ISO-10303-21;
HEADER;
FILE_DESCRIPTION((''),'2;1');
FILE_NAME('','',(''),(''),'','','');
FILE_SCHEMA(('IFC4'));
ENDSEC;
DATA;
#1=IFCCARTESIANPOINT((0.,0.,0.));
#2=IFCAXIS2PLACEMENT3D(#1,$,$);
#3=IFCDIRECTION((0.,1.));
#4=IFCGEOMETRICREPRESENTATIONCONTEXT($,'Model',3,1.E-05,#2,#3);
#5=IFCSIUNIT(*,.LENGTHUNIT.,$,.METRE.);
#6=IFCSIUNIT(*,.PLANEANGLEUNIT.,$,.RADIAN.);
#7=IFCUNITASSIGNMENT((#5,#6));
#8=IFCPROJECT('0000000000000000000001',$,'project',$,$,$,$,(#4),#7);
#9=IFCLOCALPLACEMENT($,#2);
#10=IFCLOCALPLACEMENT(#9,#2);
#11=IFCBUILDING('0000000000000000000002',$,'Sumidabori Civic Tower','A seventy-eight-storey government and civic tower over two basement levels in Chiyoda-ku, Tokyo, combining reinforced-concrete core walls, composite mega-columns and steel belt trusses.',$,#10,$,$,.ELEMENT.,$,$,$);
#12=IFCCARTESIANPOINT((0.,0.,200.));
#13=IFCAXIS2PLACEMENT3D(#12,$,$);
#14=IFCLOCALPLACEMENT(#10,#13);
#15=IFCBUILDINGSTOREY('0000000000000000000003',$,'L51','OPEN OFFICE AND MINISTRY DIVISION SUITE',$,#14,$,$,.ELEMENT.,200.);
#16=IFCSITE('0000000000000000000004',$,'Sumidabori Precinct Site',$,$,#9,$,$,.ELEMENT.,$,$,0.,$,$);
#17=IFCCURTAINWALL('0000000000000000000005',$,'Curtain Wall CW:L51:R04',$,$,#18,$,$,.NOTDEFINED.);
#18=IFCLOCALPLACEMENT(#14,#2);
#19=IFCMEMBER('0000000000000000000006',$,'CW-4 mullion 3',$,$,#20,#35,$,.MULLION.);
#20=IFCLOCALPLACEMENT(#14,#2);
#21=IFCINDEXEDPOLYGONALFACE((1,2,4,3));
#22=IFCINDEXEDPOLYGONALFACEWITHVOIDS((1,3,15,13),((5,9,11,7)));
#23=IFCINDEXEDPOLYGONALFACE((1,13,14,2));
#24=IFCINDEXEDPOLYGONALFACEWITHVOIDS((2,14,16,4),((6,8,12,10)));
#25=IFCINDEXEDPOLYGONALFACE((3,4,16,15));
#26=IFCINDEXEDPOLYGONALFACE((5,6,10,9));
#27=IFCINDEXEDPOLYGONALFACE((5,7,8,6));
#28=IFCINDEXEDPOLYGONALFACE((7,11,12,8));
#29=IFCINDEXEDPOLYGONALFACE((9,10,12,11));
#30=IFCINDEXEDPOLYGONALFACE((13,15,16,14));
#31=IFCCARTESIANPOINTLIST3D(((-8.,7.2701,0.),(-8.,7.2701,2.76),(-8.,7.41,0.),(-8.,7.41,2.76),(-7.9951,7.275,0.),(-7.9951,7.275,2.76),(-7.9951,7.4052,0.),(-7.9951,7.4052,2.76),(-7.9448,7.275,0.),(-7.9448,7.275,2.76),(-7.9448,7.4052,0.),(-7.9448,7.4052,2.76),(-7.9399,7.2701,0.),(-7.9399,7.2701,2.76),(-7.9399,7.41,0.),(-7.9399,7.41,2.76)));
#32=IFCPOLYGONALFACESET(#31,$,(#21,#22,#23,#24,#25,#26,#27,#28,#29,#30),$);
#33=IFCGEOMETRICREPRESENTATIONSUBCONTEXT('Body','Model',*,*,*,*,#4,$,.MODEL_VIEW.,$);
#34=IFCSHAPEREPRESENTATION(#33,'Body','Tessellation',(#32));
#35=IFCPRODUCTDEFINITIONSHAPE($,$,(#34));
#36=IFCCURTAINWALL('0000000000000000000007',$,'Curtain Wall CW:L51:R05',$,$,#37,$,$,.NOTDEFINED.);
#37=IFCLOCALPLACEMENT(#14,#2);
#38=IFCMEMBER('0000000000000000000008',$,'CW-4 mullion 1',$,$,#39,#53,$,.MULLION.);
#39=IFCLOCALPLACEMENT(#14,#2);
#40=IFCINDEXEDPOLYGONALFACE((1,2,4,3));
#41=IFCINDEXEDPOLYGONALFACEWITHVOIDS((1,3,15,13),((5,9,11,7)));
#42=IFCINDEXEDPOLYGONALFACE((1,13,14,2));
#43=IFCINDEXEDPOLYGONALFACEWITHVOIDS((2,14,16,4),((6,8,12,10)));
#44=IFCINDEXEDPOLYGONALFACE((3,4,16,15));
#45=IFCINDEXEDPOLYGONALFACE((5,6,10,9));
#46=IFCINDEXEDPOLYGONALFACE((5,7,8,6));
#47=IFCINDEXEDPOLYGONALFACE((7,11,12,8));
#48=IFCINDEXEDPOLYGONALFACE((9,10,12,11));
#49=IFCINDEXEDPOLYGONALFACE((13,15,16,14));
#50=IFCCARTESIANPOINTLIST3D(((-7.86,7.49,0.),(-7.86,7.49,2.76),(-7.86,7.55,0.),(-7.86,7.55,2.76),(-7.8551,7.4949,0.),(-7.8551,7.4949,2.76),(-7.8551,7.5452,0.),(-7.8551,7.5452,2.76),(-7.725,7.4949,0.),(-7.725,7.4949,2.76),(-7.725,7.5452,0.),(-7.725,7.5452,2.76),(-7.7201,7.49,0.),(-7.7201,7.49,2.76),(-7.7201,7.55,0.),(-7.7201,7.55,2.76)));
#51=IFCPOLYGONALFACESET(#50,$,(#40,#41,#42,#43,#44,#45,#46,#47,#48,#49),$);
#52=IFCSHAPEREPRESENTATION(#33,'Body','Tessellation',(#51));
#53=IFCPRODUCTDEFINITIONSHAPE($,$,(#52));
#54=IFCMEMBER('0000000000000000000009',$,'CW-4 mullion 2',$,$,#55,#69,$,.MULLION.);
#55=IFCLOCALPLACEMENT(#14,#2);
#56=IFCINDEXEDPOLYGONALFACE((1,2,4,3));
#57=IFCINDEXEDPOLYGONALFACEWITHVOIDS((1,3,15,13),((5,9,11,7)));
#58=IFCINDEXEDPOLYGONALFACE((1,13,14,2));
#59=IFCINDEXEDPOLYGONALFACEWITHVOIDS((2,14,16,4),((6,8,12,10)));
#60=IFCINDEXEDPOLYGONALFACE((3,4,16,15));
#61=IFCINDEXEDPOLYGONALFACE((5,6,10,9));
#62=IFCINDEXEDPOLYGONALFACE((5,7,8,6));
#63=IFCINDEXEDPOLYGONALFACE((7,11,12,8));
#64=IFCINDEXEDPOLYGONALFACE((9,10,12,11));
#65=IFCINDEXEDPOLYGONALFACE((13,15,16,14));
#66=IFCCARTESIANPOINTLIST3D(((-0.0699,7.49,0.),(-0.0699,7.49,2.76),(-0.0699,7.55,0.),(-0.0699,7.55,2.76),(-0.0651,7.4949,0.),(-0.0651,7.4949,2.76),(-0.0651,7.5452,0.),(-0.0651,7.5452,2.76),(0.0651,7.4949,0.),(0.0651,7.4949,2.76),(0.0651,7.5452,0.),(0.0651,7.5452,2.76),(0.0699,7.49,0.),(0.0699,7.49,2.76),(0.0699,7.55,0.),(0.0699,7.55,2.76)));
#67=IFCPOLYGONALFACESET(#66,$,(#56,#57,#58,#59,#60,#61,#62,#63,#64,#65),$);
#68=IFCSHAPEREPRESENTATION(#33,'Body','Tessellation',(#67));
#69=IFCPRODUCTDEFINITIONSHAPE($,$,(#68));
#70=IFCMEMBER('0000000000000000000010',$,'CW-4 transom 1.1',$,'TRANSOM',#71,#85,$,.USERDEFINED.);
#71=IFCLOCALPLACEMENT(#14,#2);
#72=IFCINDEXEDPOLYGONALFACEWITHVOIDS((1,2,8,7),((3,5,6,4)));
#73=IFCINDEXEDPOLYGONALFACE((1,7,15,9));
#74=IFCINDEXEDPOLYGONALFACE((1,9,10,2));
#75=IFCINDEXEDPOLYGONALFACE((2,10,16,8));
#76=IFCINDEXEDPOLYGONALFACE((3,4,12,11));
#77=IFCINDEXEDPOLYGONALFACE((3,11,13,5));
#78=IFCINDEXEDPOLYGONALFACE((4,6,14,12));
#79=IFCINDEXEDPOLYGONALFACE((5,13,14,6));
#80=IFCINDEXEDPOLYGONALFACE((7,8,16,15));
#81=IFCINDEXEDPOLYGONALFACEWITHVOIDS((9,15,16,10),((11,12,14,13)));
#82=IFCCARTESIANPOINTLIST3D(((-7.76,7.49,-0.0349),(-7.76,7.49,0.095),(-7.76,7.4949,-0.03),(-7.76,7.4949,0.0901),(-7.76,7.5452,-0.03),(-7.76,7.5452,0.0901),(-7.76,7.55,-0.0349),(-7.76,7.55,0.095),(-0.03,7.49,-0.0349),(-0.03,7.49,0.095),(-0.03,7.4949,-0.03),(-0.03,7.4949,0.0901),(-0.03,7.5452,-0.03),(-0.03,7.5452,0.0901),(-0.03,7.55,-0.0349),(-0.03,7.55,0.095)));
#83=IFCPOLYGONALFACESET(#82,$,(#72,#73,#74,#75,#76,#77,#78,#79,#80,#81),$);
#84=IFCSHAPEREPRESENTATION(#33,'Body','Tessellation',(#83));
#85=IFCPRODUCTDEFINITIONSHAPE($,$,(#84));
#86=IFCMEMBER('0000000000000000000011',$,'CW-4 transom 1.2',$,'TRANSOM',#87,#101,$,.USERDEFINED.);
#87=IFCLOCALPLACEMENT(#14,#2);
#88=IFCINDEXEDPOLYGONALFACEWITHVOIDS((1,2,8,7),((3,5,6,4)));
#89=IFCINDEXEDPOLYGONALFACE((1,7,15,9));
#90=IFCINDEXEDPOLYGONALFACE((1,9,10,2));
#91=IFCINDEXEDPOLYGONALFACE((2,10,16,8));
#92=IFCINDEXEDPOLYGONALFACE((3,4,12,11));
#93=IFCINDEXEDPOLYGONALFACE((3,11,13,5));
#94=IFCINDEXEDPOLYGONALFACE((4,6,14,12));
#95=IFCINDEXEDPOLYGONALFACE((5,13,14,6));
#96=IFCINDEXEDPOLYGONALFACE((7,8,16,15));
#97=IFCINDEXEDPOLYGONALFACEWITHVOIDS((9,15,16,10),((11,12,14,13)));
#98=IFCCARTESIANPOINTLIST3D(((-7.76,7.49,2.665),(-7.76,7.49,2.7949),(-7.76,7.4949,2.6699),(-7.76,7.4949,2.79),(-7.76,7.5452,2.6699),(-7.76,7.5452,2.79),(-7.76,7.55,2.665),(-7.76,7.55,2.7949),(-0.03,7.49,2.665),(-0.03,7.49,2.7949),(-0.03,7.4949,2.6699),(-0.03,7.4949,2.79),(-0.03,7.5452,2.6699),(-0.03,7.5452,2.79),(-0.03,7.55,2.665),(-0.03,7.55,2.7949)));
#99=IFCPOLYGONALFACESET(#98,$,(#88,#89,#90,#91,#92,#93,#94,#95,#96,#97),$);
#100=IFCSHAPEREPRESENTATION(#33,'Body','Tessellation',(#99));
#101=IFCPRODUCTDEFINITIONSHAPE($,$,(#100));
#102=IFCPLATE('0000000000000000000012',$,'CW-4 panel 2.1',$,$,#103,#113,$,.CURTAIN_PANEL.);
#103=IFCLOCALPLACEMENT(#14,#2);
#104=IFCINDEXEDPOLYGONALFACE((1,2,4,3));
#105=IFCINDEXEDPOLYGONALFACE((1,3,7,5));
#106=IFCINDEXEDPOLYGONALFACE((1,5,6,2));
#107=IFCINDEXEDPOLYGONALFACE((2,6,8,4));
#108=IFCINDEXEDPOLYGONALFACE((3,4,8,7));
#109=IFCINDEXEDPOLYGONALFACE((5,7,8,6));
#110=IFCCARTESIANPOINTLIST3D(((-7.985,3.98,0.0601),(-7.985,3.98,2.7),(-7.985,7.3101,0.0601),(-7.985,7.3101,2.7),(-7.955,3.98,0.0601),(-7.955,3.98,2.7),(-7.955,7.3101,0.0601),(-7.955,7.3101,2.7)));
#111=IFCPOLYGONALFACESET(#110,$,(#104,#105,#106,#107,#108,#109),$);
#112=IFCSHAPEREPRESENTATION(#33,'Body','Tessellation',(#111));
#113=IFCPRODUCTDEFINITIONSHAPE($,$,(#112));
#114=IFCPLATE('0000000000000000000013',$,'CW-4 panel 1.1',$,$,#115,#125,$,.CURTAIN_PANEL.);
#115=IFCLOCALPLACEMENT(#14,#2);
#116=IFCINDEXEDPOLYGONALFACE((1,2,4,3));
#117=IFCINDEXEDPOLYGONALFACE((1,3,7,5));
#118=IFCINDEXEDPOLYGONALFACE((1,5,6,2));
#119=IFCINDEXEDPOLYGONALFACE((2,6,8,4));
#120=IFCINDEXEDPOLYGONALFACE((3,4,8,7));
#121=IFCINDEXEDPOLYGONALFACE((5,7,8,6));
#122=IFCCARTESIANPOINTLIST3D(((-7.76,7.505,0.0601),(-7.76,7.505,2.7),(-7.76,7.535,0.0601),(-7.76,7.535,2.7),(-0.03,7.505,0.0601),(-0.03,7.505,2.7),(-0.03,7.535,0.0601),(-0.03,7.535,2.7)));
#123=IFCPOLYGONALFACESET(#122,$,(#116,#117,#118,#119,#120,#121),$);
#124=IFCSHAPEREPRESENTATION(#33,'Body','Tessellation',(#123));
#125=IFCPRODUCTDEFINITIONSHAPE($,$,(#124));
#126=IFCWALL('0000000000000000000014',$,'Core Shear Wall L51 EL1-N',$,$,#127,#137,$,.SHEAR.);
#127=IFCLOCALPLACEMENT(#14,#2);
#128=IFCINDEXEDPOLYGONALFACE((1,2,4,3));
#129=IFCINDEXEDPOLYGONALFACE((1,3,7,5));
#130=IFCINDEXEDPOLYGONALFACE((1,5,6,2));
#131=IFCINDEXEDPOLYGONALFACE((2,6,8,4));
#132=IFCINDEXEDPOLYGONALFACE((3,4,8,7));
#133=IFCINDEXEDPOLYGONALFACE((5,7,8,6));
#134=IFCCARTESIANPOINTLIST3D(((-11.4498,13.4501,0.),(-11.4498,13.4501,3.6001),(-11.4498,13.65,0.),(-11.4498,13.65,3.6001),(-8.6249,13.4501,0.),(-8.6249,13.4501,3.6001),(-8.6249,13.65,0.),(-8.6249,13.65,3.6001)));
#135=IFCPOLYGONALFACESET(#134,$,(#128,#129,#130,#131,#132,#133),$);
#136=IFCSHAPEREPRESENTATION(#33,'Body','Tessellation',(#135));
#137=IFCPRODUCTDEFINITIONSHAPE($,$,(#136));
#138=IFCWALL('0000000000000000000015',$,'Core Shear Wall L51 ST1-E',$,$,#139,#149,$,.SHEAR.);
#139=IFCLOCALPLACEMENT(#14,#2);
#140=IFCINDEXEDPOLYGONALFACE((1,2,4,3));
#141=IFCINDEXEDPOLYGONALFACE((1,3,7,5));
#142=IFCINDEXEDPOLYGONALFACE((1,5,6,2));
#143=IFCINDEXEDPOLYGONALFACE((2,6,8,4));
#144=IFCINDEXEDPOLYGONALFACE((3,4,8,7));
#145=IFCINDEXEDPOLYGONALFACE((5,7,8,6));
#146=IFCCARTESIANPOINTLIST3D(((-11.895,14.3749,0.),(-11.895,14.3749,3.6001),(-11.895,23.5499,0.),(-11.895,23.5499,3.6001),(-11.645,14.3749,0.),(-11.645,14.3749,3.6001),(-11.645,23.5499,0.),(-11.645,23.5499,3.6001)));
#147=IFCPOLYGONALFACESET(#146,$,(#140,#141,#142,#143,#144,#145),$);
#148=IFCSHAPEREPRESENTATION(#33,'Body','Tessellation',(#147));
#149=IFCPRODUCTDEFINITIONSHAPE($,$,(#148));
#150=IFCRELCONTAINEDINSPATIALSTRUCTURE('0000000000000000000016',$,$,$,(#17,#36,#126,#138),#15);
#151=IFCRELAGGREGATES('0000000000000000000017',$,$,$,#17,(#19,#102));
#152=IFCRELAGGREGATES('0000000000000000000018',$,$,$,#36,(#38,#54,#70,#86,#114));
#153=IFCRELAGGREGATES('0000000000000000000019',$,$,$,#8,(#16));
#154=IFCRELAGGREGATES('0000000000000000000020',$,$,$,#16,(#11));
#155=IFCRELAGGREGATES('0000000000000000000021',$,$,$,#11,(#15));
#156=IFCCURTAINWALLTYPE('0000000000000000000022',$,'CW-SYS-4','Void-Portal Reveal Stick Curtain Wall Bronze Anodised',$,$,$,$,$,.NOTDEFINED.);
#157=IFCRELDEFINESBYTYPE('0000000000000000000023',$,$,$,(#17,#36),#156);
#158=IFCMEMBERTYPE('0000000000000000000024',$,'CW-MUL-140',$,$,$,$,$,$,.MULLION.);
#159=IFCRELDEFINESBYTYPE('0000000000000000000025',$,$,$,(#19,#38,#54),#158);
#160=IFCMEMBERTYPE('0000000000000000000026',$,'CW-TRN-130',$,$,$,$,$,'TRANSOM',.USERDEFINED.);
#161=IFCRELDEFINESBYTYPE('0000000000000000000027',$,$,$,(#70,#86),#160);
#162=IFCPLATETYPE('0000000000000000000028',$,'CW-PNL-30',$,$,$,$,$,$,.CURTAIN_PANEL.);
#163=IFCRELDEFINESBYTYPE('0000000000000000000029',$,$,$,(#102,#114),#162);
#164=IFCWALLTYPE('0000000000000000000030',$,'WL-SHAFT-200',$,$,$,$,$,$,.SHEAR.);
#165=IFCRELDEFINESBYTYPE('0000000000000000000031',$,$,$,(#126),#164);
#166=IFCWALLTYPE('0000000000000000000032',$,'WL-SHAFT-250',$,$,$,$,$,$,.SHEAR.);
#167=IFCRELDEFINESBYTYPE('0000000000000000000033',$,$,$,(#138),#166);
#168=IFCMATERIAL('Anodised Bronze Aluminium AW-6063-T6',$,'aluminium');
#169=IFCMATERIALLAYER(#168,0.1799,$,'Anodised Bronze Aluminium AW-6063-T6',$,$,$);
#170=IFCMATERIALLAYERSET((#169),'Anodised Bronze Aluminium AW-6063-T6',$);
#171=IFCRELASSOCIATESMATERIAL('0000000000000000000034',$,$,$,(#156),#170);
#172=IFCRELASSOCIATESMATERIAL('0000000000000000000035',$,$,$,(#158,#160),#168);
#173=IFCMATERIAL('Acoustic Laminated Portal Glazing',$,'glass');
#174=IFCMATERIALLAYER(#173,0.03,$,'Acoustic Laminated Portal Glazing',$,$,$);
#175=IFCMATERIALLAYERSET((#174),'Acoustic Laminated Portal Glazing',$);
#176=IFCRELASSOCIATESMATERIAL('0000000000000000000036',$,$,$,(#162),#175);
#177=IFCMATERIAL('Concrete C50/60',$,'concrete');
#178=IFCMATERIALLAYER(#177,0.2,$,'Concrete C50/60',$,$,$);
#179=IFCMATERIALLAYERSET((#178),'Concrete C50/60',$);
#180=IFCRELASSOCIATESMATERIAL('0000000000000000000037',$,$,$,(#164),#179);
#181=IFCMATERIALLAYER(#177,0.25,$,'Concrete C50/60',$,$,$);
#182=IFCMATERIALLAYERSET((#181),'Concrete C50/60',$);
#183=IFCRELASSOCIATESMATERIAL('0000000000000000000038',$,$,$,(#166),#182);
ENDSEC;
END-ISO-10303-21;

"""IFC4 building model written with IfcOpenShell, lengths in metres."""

from ifc_helpers import new_model, si_unit, direction, frame, frame_2d, origin, origin_2d, place, context, subcontext, project, spatial, rectangle, hollow_rectangle, extrude, source, transform, mapped, material, layer, layer_set, material_profile, profile_set, type_object, element, aggregate, save


model = new_model("IFC4")

# Units and contexts
model_context = context("Model", 3, precision=1e-05, world=origin(), true_north=direction((0.0, 1.0)))
body_context = subcontext(model_context, "Body", "Model", "MODEL_VIEW")
ifc_project = project(units=[si_unit("LENGTHUNIT", "METRE"), si_unit("PLANEANGLEUNIT", "RADIAN")], contexts=[model_context])

# Site, building, storey
site_placement = place(None, origin())
site = spatial("IfcSite", under=ifc_project, at=site_placement, Name="Sumidabori Precinct Site", CompositionType="ELEMENT", RefElevation=0.0)
building_placement = place(site_placement, origin())
building = spatial("IfcBuilding", under=site, at=building_placement, Name="Sumidabori Civic Tower", Description="A seventy-eight-storey government and civic tower over two basement levels in Chiyoda-ku, Tokyo, combining reinforced-concrete core walls, composite mega-columns and steel belt trusses.", CompositionType="ELEMENT")
storey_placement = place(building_placement, frame((0.0, 0.0, 200.0)))
storey = spatial("IfcBuildingStorey", under=building, at=storey_placement, Name="L51", Description="OPEN OFFICE AND MINISTRY DIVISION SUITE", CompositionType="ELEMENT", Elevation=200.0)

# Curtain wall, member
ifc_material_1 = material(Name="Anodised Bronze Aluminium AW-6063-T6", Category="aluminium")
ifc_layer_1 = layer(ifc_material_1, 0.1799, Name="Anodised Bronze Aluminium AW-6063-T6")
ifc_layer_set_1 = layer_set([ifc_layer_1], Name="Anodised Bronze Aluminium AW-6063-T6")
curtain_wall_type = type_object("IfcCurtainWallType", Name="CW-SYS-4", Description="Void-Portal Reveal Stick Curtain Wall Bronze Anodised", PredefinedType="NOTDEFINED", material=ifc_layer_set_1)
curtain_wall_1_placement = place(storey_placement, origin())
curtain_wall_1 = element("IfcCurtainWall", 1, at=curtain_wall_1_placement, inside=storey, type_object=curtain_wall_type, Name="Curtain Wall CW:L51:R04", PredefinedType="NOTDEFINED")
ifc_material_profile_1 = material_profile(ifc_material_1, hollow_rectangle(XDim=0.0601, YDim=0.1399, WallThickness=0.0049, at=origin_2d()), Name="ALU MULLION 140x60")
ifc_profile_set_1 = profile_set([ifc_material_profile_1], Name="Anodised Bronze Aluminium AW-6063-T6")
member_type_1 = type_object("IfcMemberType", Name="CW-MUL-140", PredefinedType="MULLION", material=ifc_profile_set_1)
shared_shape_1 = source(origin(), body_context, "Body", "SweptSolid", [
    extrude(hollow_rectangle(XDim=0.0601, YDim=0.1399, WallThickness=0.0049, at=origin_2d()), origin(), (0.0, 0.0, 1.0), 2.76),
])
member_1_placement = place(storey_placement, frame((-7.97, 7.3401, 0.0), z_axis=(0.0, 0.0, 1.0), x_axis=(-1.0, 0.0, 0.0)))
member_1 = element("IfcMember", 2, at=member_1_placement, type_object=member_type_1, Name="CW-4 mullion 3", PredefinedType="MULLION", context=body_context, shape_type="MappedRepresentation", body=[
    mapped(shared_shape_1, transform((0.0, 0.0, 0.0), x_axis=(1.0, 0.0, 0.0), y_axis=(0.0, 1.0, 0.0), z_axis=(0.0, 0.0, 1.0), scale=1.0)),
])

# Curtain wall, members
curtain_wall_2_placement = place(storey_placement, origin())
curtain_wall_2 = element("IfcCurtainWall", 3, at=curtain_wall_2_placement, inside=storey, type_object=curtain_wall_type, Name="Curtain Wall CW:L51:R05", PredefinedType="NOTDEFINED")
member_2_placement = place(storey_placement, frame((-7.79, 7.52, 0.0), z_axis=(0.0, 0.0, 1.0), x_axis=(0.0, 1.0, 0.0)))
member_2 = element("IfcMember", 4, at=member_2_placement, type_object=member_type_1, Name="CW-4 mullion 1", PredefinedType="MULLION", context=body_context, shape_type="MappedRepresentation", body=[
    mapped(shared_shape_1, transform((0.0, 0.0, 0.0), x_axis=(1.0, 0.0, 0.0), y_axis=(0.0, 1.0, 0.0), z_axis=(0.0, 0.0, 1.0), scale=1.0)),
])
member_3_placement = place(storey_placement, frame((0.0, 7.52, 0.0), z_axis=(0.0, 0.0, 1.0), x_axis=(0.0, 1.0, 0.0)))
member_3 = element("IfcMember", 5, at=member_3_placement, type_object=member_type_1, Name="CW-4 mullion 2", PredefinedType="MULLION", context=body_context, shape_type="MappedRepresentation", body=[
    mapped(shared_shape_1, transform((0.0, 0.0, 0.0), x_axis=(1.0, 0.0, 0.0), y_axis=(0.0, 1.0, 0.0), z_axis=(0.0, 0.0, 1.0), scale=1.0)),
])
ifc_material_profile_2 = material_profile(ifc_material_1, hollow_rectangle(XDim=0.0601, YDim=0.1299, WallThickness=0.0049, at=origin_2d()), Name="ALU TRANSOM 130x60")
ifc_profile_set_2 = profile_set([ifc_material_profile_2], Name="Anodised Bronze Aluminium AW-6063-T6")
member_type_2 = type_object("IfcMemberType", Name="CW-TRN-130", ElementType="TRANSOM", PredefinedType="USERDEFINED", material=ifc_profile_set_2)
shared_shape_2 = source(origin(), body_context, "Body", "SweptSolid", [
    extrude(hollow_rectangle(XDim=0.0601, YDim=0.1299, WallThickness=0.0049, at=origin_2d()), origin(), (0.0, 0.0, 1.0), 7.73),
])
member_4_placement = place(storey_placement, frame((-7.76, 7.52, 0.03), z_axis=(1.0, 0.0, 0.0), x_axis=(0.0, 1.0, 0.0)))
member_4 = element("IfcMember", 6, at=member_4_placement, type_object=member_type_2, Name="CW-4 transom 1.1", ObjectType="TRANSOM", PredefinedType="USERDEFINED", context=body_context, shape_type="MappedRepresentation", body=[
    mapped(shared_shape_2, transform((0.0, 0.0, 0.0), x_axis=(1.0, 0.0, 0.0), y_axis=(0.0, 1.0, 0.0), z_axis=(0.0, 0.0, 1.0), scale=1.0)),
])
member_5_placement = place(storey_placement, frame((-7.76, 7.52, 2.73), z_axis=(1.0, 0.0, 0.0), x_axis=(0.0, 1.0, 0.0)))
member_5 = element("IfcMember", 7, at=member_5_placement, type_object=member_type_2, Name="CW-4 transom 1.2", ObjectType="TRANSOM", PredefinedType="USERDEFINED", context=body_context, shape_type="MappedRepresentation", body=[
    mapped(shared_shape_2, transform((0.0, 0.0, 0.0), x_axis=(1.0, 0.0, 0.0), y_axis=(0.0, 1.0, 0.0), z_axis=(0.0, 0.0, 1.0), scale=1.0)),
])

# Plates
ifc_material_2 = material(Name="Acoustic Laminated Portal Glazing", Category="glass")
ifc_layer_2 = layer(ifc_material_2, 0.03, Name="Acoustic Laminated Portal Glazing")
ifc_layer_set_2 = layer_set([ifc_layer_2], Name="Acoustic Laminated Portal Glazing")
plate_type = type_object("IfcPlateType", Name="CW-PNL-30", PredefinedType="CURTAIN_PANEL", material=ifc_layer_set_2)
shared_shape_3 = source(origin(), body_context, "Body", "SweptSolid", [
    extrude(rectangle(XDim=3.3301, YDim=0.03, at=origin_2d()), origin(), (0.0, 0.0, 1.0), 2.6399),
])
plate_1_placement = place(storey_placement, frame((-7.97, 5.645, 0.0601), z_axis=(0.0, 0.0, 1.0), x_axis=(0.0, 1.0, 0.0)))
plate_1 = element("IfcPlate", 8, at=plate_1_placement, type_object=plate_type, Name="CW-4 panel 2.1", PredefinedType="CURTAIN_PANEL", context=body_context, shape_type="MappedRepresentation", body=[
    mapped(shared_shape_3, transform((0.0, 0.0, 0.0), x_axis=(1.0, 0.0, 0.0), y_axis=(0.0, 1.0, 0.0), z_axis=(0.0, 0.0, 1.0), scale=1.0)),
])
aggregate(curtain_wall_1, [member_1, plate_1])
shared_shape_4 = source(origin(), body_context, "Body", "SweptSolid", [
    extrude(rectangle(XDim=7.73, YDim=0.03, at=origin_2d()), origin(), (0.0, 0.0, 1.0), 2.6399),
])
plate_2_placement = place(storey_placement, frame((-3.895, 7.52, 0.0601), z_axis=(0.0, 0.0, 1.0), x_axis=(1.0, 0.0, 0.0)))
plate_2 = element("IfcPlate", 9, at=plate_2_placement, type_object=plate_type, Name="CW-4 panel 1.1", PredefinedType="CURTAIN_PANEL", context=body_context, shape_type="MappedRepresentation", body=[
    mapped(shared_shape_4, transform((0.0, 0.0, 0.0), x_axis=(1.0, 0.0, 0.0), y_axis=(0.0, 1.0, 0.0), z_axis=(0.0, 0.0, 1.0), scale=1.0)),
])
aggregate(curtain_wall_2, [member_2, member_3, member_4, member_5, plate_2])

# Wall
ifc_material_3 = material(Name="Concrete C50/60", Category="concrete")
ifc_layer_3 = layer(ifc_material_3, 0.2, Name="Concrete C50/60")
ifc_layer_set_3 = layer_set([ifc_layer_3], Name="Concrete C50/60")
wall_type_1 = type_object("IfcWallType", Name="WL-SHAFT-200", PredefinedType="SHEAR", material=ifc_layer_set_3)
shared_shape_5 = source(origin(), body_context, "Body", "SweptSolid", [
    extrude(rectangle(XDim=2.825, YDim=0.2, at=frame_2d((1.4126, 0.0))), origin(), (0.0, 0.0, 1.0), 3.6001),
])
wall_1_placement = place(storey_placement, frame((-11.45, 13.55, 0.0), z_axis=(0.0, 0.0, 1.0), x_axis=(1.0, 0.0, 0.0)))
element("IfcWall", 10, at=wall_1_placement, inside=storey, type_object=wall_type_1, Name="Core Shear Wall L51 EL1-N", PredefinedType="SHEAR", context=body_context, shape_type="MappedRepresentation", body=[
    mapped(shared_shape_5, transform((0.0, 0.0, 0.0), x_axis=(1.0, 0.0, 0.0), y_axis=(0.0, 1.0, 0.0), z_axis=(0.0, 0.0, 1.0), scale=1.0)),
])

# Shared definitions
ifc_layer_4 = layer(ifc_material_3, 0.25, Name="Concrete C50/60")
ifc_layer_set_4 = layer_set([ifc_layer_4], Name="Concrete C50/60")
wall_type_2 = type_object("IfcWallType", Name="WL-SHAFT-250", PredefinedType="SHEAR", material=ifc_layer_set_4)

# Wall
shared_shape_6 = source(origin(), body_context, "Body", "SweptSolid", [
    extrude(rectangle(XDim=9.175, YDim=0.25, at=frame_2d((4.5874, 0.0))), origin(), (0.0, 0.0, 1.0), 3.6001),
])
wall_2_placement = place(storey_placement, frame((-11.77, 14.375, 0.0), z_axis=(0.0, 0.0, 1.0), x_axis=(0.0, 1.0, 0.0)))
element("IfcWall", 11, at=wall_2_placement, inside=storey, type_object=wall_type_2, Name="Core Shear Wall L51 ST1-E", PredefinedType="SHEAR", context=body_context, shape_type="MappedRepresentation", body=[
    mapped(shared_shape_6, transform((0.0, 0.0, 0.0), x_axis=(1.0, 0.0, 0.0), y_axis=(0.0, 1.0, 0.0), z_axis=(0.0, 0.0, 1.0), scale=1.0)),
])

save(model, "model.ifc")
